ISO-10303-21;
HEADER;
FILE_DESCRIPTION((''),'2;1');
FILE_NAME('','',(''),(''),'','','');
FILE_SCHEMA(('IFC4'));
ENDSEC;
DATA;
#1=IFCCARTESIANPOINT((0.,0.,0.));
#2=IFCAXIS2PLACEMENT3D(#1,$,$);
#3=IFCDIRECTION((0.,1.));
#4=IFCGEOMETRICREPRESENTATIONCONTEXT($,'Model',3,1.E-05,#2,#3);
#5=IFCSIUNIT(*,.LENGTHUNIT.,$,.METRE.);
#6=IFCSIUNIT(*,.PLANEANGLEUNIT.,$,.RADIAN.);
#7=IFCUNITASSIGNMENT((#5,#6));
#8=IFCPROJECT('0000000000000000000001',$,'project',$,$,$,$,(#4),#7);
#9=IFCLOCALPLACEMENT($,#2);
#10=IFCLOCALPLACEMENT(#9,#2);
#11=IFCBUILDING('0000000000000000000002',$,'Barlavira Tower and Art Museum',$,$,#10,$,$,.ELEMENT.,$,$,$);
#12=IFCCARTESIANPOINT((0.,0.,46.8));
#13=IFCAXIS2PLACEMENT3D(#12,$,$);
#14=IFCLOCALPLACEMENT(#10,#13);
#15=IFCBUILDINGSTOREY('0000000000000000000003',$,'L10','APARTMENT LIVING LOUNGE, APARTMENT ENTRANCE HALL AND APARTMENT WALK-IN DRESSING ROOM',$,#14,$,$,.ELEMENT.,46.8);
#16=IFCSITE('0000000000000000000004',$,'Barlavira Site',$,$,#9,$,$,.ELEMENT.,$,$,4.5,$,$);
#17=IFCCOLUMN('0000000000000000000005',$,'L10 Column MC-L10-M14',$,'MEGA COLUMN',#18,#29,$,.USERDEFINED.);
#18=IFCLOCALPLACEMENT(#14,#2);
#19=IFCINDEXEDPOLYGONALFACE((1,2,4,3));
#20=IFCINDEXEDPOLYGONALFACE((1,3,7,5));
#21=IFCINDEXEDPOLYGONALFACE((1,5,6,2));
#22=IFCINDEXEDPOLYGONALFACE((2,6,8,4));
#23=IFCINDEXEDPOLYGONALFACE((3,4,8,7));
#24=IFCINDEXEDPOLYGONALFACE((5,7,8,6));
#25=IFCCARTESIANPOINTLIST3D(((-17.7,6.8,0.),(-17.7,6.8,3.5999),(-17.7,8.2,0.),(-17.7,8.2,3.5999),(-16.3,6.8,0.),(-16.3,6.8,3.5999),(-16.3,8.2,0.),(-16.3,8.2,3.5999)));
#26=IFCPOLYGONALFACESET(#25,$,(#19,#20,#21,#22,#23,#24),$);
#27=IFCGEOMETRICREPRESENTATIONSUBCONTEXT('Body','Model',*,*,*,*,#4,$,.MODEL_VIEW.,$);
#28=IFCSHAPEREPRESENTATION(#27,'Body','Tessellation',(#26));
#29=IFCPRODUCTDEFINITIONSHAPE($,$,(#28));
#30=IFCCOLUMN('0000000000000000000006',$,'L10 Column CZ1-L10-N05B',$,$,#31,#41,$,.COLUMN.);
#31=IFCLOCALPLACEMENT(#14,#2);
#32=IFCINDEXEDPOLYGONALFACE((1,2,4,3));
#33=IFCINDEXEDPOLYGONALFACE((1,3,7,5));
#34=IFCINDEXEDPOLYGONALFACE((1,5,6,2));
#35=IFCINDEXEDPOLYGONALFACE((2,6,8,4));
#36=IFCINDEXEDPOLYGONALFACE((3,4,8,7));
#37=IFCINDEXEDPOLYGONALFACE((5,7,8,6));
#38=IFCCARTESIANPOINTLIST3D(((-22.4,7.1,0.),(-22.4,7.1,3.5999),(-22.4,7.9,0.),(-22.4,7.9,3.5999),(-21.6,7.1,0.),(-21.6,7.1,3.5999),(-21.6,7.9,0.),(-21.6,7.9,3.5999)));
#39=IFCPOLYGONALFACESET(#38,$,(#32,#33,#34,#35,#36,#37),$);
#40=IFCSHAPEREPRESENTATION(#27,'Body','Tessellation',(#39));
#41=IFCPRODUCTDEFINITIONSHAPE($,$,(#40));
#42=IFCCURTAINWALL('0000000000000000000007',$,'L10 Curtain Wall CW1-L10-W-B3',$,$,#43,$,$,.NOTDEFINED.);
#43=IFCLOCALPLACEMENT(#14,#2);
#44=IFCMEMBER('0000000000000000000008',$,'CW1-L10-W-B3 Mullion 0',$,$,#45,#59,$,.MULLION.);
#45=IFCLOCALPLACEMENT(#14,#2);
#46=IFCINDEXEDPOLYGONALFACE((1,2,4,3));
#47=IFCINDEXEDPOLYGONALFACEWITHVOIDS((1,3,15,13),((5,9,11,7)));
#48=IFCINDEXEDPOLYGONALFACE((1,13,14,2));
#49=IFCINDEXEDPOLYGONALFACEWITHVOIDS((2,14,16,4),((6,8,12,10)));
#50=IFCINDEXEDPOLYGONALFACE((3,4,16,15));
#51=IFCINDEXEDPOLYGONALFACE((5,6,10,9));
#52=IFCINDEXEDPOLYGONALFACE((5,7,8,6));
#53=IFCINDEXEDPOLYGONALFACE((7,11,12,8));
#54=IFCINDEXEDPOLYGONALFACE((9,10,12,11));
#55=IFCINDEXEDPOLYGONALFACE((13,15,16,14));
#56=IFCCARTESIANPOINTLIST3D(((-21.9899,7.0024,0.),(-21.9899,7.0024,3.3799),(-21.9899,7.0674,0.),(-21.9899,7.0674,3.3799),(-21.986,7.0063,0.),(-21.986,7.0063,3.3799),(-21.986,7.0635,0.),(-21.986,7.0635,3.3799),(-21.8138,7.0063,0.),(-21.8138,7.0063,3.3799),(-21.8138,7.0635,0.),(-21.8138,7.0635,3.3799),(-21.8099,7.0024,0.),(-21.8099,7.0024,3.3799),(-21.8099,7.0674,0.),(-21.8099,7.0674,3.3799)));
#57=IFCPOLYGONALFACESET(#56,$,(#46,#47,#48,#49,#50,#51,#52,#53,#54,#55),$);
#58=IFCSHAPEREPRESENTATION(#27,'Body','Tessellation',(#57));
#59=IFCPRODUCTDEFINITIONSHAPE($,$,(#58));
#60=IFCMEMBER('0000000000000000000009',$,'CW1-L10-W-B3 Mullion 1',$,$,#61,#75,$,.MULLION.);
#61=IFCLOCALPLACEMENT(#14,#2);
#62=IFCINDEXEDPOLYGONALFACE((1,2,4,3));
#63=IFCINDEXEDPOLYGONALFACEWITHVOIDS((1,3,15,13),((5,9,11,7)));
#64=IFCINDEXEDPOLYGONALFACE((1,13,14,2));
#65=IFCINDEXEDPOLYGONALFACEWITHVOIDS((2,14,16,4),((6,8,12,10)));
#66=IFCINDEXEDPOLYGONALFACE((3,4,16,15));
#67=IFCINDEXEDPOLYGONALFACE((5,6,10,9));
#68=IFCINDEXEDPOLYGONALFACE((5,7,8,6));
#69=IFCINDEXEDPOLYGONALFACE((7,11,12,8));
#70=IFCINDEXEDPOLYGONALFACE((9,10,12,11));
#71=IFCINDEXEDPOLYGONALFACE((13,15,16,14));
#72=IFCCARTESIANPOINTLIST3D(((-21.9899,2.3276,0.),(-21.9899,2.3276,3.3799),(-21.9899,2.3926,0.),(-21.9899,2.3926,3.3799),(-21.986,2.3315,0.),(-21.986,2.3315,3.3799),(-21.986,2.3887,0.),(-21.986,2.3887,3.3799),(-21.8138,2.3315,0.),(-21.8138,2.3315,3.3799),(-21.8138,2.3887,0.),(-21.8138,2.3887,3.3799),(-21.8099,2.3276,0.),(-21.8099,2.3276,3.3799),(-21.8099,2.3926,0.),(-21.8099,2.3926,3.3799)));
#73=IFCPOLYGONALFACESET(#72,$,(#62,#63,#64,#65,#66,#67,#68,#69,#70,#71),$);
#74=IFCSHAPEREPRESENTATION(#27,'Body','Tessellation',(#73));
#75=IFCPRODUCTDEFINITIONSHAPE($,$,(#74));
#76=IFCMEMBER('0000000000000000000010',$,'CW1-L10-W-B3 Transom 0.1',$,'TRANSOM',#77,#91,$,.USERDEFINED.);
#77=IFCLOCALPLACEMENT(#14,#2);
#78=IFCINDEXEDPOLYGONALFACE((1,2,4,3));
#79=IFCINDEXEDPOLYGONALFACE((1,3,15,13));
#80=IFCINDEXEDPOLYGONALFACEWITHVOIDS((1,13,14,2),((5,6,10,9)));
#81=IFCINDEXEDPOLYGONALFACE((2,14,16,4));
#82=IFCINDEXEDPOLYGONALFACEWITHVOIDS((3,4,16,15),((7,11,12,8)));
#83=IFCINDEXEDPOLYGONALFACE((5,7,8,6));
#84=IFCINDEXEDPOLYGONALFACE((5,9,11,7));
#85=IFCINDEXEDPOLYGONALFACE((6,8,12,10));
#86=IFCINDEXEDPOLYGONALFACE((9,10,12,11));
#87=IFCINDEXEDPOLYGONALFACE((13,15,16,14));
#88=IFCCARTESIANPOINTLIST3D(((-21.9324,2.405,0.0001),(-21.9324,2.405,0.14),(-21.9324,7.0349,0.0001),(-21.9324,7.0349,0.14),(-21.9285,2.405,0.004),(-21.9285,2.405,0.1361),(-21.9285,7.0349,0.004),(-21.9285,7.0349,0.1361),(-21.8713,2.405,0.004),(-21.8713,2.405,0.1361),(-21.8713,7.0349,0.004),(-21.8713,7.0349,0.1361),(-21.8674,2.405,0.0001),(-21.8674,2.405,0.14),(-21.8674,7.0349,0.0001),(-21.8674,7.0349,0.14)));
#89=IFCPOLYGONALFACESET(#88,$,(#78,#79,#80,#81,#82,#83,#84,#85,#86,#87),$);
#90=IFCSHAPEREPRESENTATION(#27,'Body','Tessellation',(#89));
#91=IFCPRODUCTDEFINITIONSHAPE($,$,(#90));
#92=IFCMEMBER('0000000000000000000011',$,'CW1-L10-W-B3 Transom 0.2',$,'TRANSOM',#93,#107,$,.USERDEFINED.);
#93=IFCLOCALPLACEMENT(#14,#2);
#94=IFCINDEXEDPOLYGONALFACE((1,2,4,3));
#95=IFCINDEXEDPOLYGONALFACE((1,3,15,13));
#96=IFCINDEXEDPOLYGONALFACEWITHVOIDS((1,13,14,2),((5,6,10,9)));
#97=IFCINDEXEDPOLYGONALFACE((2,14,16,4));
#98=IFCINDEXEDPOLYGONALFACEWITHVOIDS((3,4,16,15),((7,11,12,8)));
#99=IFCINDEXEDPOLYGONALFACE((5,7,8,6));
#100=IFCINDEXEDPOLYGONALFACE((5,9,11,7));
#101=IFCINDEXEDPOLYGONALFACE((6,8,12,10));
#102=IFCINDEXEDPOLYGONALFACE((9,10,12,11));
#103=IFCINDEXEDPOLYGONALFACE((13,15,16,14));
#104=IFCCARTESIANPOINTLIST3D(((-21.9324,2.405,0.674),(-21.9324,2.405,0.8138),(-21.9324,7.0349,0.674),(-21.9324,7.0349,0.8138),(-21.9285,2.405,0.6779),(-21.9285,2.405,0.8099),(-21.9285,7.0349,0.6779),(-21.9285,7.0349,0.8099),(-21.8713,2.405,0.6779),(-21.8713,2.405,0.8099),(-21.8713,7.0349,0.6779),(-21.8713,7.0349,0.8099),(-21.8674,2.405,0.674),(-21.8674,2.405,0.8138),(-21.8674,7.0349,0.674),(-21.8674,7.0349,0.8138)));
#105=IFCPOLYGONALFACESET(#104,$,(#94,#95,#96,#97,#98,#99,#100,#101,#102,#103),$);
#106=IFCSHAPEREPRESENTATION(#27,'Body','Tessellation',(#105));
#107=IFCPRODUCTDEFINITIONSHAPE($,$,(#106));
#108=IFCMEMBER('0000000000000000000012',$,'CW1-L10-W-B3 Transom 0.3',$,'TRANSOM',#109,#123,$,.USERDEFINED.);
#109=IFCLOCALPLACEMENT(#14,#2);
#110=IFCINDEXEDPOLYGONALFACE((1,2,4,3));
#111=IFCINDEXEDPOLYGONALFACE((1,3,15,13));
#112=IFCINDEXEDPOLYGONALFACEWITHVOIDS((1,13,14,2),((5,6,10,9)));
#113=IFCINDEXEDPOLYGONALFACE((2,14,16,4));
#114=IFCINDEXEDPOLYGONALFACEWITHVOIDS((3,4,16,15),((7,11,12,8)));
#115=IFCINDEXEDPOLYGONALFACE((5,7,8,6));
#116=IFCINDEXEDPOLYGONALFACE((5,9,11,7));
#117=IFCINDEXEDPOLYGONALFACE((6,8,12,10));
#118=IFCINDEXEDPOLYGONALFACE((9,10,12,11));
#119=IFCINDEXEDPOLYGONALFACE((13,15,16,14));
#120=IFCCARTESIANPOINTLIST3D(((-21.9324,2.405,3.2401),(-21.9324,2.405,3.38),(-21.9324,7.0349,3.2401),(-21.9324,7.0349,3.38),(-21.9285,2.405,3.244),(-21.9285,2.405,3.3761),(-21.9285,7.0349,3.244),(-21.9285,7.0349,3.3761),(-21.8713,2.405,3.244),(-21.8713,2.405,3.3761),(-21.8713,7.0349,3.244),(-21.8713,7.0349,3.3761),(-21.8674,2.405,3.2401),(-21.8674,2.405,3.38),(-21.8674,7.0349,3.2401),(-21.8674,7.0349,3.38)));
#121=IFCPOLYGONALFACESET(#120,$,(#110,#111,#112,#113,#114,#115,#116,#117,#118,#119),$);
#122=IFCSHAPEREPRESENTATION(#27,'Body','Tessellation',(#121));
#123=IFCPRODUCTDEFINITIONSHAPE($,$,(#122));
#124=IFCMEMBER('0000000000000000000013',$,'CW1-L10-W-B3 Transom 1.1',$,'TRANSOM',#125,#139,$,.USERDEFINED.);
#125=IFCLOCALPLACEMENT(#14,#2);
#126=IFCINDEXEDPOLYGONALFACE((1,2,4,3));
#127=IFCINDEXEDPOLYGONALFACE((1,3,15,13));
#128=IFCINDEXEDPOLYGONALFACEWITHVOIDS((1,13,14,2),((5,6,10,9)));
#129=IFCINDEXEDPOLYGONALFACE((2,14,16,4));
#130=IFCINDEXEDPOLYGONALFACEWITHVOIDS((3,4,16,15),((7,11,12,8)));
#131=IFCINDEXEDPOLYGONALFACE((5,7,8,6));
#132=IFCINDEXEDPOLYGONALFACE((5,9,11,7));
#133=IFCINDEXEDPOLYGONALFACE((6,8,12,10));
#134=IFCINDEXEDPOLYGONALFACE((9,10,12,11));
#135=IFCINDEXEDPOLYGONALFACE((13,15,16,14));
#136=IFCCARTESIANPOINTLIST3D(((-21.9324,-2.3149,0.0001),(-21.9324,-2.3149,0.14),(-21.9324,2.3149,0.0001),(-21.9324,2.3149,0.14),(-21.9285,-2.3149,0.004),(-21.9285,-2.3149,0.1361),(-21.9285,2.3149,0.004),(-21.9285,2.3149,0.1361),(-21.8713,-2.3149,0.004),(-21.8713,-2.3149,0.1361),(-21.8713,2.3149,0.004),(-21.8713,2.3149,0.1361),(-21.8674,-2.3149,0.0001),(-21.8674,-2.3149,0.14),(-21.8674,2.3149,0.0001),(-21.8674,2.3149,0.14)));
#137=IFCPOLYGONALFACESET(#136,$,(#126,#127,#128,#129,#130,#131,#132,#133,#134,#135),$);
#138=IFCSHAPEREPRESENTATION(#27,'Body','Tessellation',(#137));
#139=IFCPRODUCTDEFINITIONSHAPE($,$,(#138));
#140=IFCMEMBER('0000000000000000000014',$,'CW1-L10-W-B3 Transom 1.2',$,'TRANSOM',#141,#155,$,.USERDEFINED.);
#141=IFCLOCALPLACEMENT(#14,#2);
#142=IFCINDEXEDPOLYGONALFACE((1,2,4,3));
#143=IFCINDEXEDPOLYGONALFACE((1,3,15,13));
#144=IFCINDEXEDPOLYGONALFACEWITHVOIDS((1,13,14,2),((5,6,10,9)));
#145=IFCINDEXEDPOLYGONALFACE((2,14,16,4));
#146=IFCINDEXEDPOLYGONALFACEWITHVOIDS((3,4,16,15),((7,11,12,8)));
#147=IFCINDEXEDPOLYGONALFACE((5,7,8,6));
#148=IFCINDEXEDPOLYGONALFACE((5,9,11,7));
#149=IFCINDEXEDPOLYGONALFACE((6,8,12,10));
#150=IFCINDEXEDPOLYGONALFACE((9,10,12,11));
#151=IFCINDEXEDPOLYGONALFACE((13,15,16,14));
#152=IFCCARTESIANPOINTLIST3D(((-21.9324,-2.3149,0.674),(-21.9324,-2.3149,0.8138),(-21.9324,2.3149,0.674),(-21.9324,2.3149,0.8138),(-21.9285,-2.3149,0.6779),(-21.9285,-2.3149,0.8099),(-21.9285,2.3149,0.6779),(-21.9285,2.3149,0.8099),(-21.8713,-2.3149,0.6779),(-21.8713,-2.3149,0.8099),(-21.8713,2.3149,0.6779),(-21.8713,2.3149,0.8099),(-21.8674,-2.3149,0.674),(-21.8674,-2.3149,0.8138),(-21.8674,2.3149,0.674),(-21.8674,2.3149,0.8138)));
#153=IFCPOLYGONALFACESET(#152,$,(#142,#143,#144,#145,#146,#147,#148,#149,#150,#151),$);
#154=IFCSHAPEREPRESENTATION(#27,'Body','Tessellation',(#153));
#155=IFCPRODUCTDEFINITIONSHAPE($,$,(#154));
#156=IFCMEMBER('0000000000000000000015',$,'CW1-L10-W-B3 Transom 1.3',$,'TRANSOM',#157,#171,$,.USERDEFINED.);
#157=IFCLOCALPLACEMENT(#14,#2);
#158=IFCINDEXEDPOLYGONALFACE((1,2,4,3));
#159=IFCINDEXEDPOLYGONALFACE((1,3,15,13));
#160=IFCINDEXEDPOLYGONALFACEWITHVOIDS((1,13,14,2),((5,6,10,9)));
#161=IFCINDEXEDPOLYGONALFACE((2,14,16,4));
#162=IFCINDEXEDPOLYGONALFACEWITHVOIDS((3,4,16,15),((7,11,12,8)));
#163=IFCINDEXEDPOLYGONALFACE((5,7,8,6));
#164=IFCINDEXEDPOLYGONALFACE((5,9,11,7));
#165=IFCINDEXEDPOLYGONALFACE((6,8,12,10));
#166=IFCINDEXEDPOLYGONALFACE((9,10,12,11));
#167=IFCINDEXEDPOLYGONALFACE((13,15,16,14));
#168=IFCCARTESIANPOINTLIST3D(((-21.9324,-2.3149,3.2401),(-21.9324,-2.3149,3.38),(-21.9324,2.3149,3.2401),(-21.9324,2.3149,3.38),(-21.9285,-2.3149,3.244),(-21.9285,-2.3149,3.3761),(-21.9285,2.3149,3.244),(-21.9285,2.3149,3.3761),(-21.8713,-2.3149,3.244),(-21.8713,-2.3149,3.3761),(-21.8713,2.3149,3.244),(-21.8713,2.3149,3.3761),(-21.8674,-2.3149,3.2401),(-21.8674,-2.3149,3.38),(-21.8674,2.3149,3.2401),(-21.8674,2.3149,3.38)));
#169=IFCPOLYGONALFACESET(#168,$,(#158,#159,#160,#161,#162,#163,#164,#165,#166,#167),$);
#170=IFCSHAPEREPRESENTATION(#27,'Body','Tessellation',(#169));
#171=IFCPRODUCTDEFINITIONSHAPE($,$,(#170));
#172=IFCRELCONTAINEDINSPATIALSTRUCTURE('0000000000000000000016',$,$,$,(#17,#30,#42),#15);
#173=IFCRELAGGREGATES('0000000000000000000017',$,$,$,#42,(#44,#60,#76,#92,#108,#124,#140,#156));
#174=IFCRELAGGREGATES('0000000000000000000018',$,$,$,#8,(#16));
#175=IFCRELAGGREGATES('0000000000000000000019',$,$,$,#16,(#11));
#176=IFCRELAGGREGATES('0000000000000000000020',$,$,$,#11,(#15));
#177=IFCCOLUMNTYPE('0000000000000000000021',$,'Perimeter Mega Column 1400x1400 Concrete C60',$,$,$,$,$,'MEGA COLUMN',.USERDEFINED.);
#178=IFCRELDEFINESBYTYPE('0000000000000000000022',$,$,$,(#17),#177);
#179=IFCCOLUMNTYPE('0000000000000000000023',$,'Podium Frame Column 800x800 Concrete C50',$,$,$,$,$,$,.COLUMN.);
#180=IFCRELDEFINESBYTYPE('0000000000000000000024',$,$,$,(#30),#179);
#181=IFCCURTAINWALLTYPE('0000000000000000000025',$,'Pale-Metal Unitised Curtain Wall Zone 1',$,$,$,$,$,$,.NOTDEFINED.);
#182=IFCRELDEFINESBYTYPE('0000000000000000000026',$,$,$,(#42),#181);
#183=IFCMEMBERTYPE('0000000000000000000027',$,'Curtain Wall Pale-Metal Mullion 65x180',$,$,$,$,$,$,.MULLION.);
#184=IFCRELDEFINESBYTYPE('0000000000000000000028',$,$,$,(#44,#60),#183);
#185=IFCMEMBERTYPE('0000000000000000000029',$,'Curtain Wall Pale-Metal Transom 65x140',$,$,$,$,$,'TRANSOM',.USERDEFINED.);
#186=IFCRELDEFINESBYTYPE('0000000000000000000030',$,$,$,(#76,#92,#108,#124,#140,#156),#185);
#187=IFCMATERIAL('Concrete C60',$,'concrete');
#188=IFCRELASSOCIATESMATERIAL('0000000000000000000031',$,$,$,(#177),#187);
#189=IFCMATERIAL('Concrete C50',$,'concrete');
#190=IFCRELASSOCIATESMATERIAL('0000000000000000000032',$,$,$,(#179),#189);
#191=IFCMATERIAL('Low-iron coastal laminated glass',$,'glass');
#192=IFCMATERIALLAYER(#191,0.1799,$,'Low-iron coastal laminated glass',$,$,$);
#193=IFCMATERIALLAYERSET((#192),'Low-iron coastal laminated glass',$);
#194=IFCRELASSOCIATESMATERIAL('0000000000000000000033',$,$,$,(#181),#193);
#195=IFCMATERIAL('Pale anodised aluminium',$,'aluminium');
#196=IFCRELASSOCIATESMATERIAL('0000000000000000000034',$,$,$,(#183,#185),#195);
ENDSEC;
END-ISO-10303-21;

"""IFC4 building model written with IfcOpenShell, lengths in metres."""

from ifc_helpers import new_model, si_unit, direction, frame, origin, origin_2d, place, context, subcontext, project, spatial, rectangle, hollow_rectangle, extrude, material, layer, layer_set, material_profile, profile_set, type_object, element, aggregate, save


model = new_model("IFC4")

# Units and contexts
model_context = context("Model", 3, precision=1e-05, world=origin(), true_north=direction((0.0, 1.0)))
body_context = subcontext(model_context, "Body", "Model", "MODEL_VIEW")
ifc_project = project(units=[si_unit("LENGTHUNIT", "METRE"), si_unit("PLANEANGLEUNIT", "RADIAN")], contexts=[model_context])

# Site, building, storey
site_placement = place(None, origin())
site = spatial("IfcSite", under=ifc_project, at=site_placement, Name="Barlavira Site", CompositionType="ELEMENT", RefElevation=4.5)
building_placement = place(site_placement, origin())
building = spatial("IfcBuilding", under=site, at=building_placement, Name="Barlavira Tower and Art Museum", CompositionType="ELEMENT")
storey_placement = place(building_placement, frame((0.0, 0.0, 46.8)))
storey = spatial("IfcBuildingStorey", under=building, at=storey_placement, Name="L10", Description="APARTMENT LIVING LOUNGE, APARTMENT ENTRANCE HALL AND APARTMENT WALK-IN DRESSING ROOM", CompositionType="ELEMENT", Elevation=46.8)

# Columns
ifc_material_1 = material(Name="Concrete C60", Category="concrete")
ifc_material_profile_1 = material_profile(ifc_material_1, rectangle(XDim=1.3999, YDim=1.3999, at=origin_2d()), Name="RC-MCOL 1400x1400")
ifc_profile_set_1 = profile_set([ifc_material_profile_1], Name="Concrete C60")
column_type_1 = type_object("IfcColumnType", Name="Perimeter Mega Column 1400x1400 Concrete C60", ElementType="MEGA COLUMN", PredefinedType="USERDEFINED", material=ifc_profile_set_1)
column_1_placement = place(storey_placement, frame((-17.0, 7.5, 0.0), z_axis=(0.0, 0.0, 1.0), x_axis=(1.0, 0.0, 0.0)))
element("IfcColumn", 1, at=column_1_placement, inside=storey, type_object=column_type_1, Name="L10 Column MC-L10-M14", ObjectType="MEGA COLUMN", PredefinedType="USERDEFINED", context=body_context, shape_type="SweptSolid", body=[
    extrude(rectangle(XDim=1.3999, YDim=1.3999, at=origin_2d()), origin(), (0.0, 0.0, 1.0), 3.5999),
])
ifc_material_2 = material(Name="Concrete C50", Category="concrete")
ifc_material_profile_2 = material_profile(ifc_material_2, rectangle(XDim=0.8, YDim=0.8, at=origin_2d()), Name="RC-COL 800x800")
ifc_profile_set_2 = profile_set([ifc_material_profile_2], Name="Concrete C50")
column_type_2 = type_object("IfcColumnType", Name="Podium Frame Column 800x800 Concrete C50", PredefinedType="COLUMN", material=ifc_profile_set_2)
column_2_placement = place(storey_placement, frame((-22.0, 7.5, 0.0), z_axis=(0.0, 0.0, 1.0), x_axis=(1.0, 0.0, 0.0)))
element("IfcColumn", 2, at=column_2_placement, inside=storey, type_object=column_type_2, Name="L10 Column CZ1-L10-N05B", PredefinedType="COLUMN", context=body_context, shape_type="SweptSolid", body=[
    extrude(rectangle(XDim=0.8, YDim=0.8, at=origin_2d()), origin(), (0.0, 0.0, 1.0), 3.5999),
])

# Curtain wall, members
ifc_material_3 = material(Name="Low-iron coastal laminated glass", Category="glass")
ifc_layer_1 = layer(ifc_material_3, 0.1799, Name="Low-iron coastal laminated glass")
ifc_layer_set_1 = layer_set([ifc_layer_1], Name="Low-iron coastal laminated glass")
curtain_wall_type = type_object("IfcCurtainWallType", Name="Pale-Metal Unitised Curtain Wall Zone 1", PredefinedType="NOTDEFINED", material=ifc_layer_set_1)
curtain_wall_placement = place(storey_placement, origin())
curtain_wall = element("IfcCurtainWall", 3, at=curtain_wall_placement, inside=storey, type_object=curtain_wall_type, Name="L10 Curtain Wall CW1-L10-W-B3", PredefinedType="NOTDEFINED")
ifc_material_4 = material(Name="Pale anodised aluminium", Category="aluminium")
ifc_material_profile_3 = material_profile(ifc_material_4, hollow_rectangle(XDim=0.0649, YDim=0.1799, WallThickness=0.0039, at=origin_2d()), Name="ALU-MULL 65x180x4")
ifc_profile_set_3 = profile_set([ifc_material_profile_3], Name="Pale anodised aluminium")
member_type_1 = type_object("IfcMemberType", Name="Curtain Wall Pale-Metal Mullion 65x180", PredefinedType="MULLION", material=ifc_profile_set_3)
member_1_placement = place(storey_placement, frame((-21.8999, 7.0349, 0.0), z_axis=(0.0, 0.0, 1.0), x_axis=(0.0, -1.0, 0.0)))
member_1 = element("IfcMember", 4, at=member_1_placement, type_object=member_type_1, Name="CW1-L10-W-B3 Mullion 0", PredefinedType="MULLION", context=body_context, shape_type="SweptSolid", body=[
    extrude(hollow_rectangle(XDim=0.0649, YDim=0.1799, WallThickness=0.0039, at=origin_2d()), origin(), (0.0, 0.0, 1.0), 3.3799),
])
member_2_placement = place(storey_placement, frame((-21.8999, 2.3601, 0.0), z_axis=(0.0, 0.0, 1.0), x_axis=(0.0, -1.0, 0.0)))
member_2 = element("IfcMember", 5, at=member_2_placement, type_object=member_type_1, Name="CW1-L10-W-B3 Mullion 1", PredefinedType="MULLION", context=body_context, shape_type="SweptSolid", body=[
    extrude(hollow_rectangle(XDim=0.0649, YDim=0.1799, WallThickness=0.0039, at=origin_2d()), origin(), (0.0, 0.0, 1.0), 3.3799),
])
ifc_material_profile_4 = material_profile(ifc_material_4, hollow_rectangle(XDim=0.0649, YDim=0.1399, WallThickness=0.0039, at=origin_2d()), Name="ALU-TRAN 65x140x4")
ifc_profile_set_4 = profile_set([ifc_material_profile_4], Name="Pale anodised aluminium")
member_type_2 = type_object("IfcMemberType", Name="Curtain Wall Pale-Metal Transom 65x140", ElementType="TRANSOM", PredefinedType="USERDEFINED", material=ifc_profile_set_4)
member_3_placement = place(storey_placement, frame((-21.8999, 7.0349, 0.0701), z_axis=(0.0, -1.0, 0.0), x_axis=(1.0, 0.0, 0.0)))
member_3 = element("IfcMember", 6, at=member_3_placement, type_object=member_type_2, Name="CW1-L10-W-B3 Transom 0.1", ObjectType="TRANSOM", PredefinedType="USERDEFINED", context=body_context, shape_type="SweptSolid", body=[
    extrude(hollow_rectangle(XDim=0.0649, YDim=0.1399, WallThickness=0.0039, at=origin_2d()), origin(), (0.0, 0.0, 1.0), 4.6299),
])
member_4_placement = place(storey_placement, frame((-21.8999, 7.0349, 0.7439), z_axis=(0.0, -1.0, 0.0), x_axis=(1.0, 0.0, 0.0)))
member_4 = element("IfcMember", 7, at=member_4_placement, type_object=member_type_2, Name="CW1-L10-W-B3 Transom 0.2", ObjectType="TRANSOM", PredefinedType="USERDEFINED", context=body_context, shape_type="SweptSolid", body=[
    extrude(hollow_rectangle(XDim=0.0649, YDim=0.1399, WallThickness=0.0039, at=origin_2d()), origin(), (0.0, 0.0, 1.0), 4.6299),
])
member_5_placement = place(storey_placement, frame((-21.8999, 7.0349, 3.3101), z_axis=(0.0, -1.0, 0.0), x_axis=(1.0, 0.0, 0.0)))
member_5 = element("IfcMember", 8, at=member_5_placement, type_object=member_type_2, Name="CW1-L10-W-B3 Transom 0.3", ObjectType="TRANSOM", PredefinedType="USERDEFINED", context=body_context, shape_type="SweptSolid", body=[
    extrude(hollow_rectangle(XDim=0.0649, YDim=0.1399, WallThickness=0.0039, at=origin_2d()), origin(), (0.0, 0.0, 1.0), 4.6299),
])
member_6_placement = place(storey_placement, frame((-21.8999, 2.3149, 0.0701), z_axis=(0.0, -1.0, 0.0), x_axis=(1.0, 0.0, 0.0)))
member_6 = element("IfcMember", 9, at=member_6_placement, type_object=member_type_2, Name="CW1-L10-W-B3 Transom 1.1", ObjectType="TRANSOM", PredefinedType="USERDEFINED", context=body_context, shape_type="SweptSolid", body=[
    extrude(hollow_rectangle(XDim=0.0649, YDim=0.1399, WallThickness=0.0039, at=origin_2d()), origin(), (0.0, 0.0, 1.0), 4.6299),
])
member_7_placement = place(storey_placement, frame((-21.8999, 2.3149, 0.7439), z_axis=(0.0, -1.0, 0.0), x_axis=(1.0, 0.0, 0.0)))
member_7 = element("IfcMember", 10, at=member_7_placement, type_object=member_type_2, Name="CW1-L10-W-B3 Transom 1.2", ObjectType="TRANSOM", PredefinedType="USERDEFINED", context=body_context, shape_type="SweptSolid", body=[
    extrude(hollow_rectangle(XDim=0.0649, YDim=0.1399, WallThickness=0.0039, at=origin_2d()), origin(), (0.0, 0.0, 1.0), 4.6299),
])
member_8_placement = place(storey_placement, frame((-21.8999, 2.3149, 3.3101), z_axis=(0.0, -1.0, 0.0), x_axis=(1.0, 0.0, 0.0)))
member_8 = element("IfcMember", 11, at=member_8_placement, type_object=member_type_2, Name="CW1-L10-W-B3 Transom 1.3", ObjectType="TRANSOM", PredefinedType="USERDEFINED", context=body_context, shape_type="SweptSolid", body=[
    extrude(hollow_rectangle(XDim=0.0649, YDim=0.1399, WallThickness=0.0039, at=origin_2d()), origin(), (0.0, 0.0, 1.0), 4.6299),
])

aggregate(curtain_wall, [member_1, member_2, member_3, member_4, member_5, member_6, member_7, member_8])

save(model, "model.ifc")
